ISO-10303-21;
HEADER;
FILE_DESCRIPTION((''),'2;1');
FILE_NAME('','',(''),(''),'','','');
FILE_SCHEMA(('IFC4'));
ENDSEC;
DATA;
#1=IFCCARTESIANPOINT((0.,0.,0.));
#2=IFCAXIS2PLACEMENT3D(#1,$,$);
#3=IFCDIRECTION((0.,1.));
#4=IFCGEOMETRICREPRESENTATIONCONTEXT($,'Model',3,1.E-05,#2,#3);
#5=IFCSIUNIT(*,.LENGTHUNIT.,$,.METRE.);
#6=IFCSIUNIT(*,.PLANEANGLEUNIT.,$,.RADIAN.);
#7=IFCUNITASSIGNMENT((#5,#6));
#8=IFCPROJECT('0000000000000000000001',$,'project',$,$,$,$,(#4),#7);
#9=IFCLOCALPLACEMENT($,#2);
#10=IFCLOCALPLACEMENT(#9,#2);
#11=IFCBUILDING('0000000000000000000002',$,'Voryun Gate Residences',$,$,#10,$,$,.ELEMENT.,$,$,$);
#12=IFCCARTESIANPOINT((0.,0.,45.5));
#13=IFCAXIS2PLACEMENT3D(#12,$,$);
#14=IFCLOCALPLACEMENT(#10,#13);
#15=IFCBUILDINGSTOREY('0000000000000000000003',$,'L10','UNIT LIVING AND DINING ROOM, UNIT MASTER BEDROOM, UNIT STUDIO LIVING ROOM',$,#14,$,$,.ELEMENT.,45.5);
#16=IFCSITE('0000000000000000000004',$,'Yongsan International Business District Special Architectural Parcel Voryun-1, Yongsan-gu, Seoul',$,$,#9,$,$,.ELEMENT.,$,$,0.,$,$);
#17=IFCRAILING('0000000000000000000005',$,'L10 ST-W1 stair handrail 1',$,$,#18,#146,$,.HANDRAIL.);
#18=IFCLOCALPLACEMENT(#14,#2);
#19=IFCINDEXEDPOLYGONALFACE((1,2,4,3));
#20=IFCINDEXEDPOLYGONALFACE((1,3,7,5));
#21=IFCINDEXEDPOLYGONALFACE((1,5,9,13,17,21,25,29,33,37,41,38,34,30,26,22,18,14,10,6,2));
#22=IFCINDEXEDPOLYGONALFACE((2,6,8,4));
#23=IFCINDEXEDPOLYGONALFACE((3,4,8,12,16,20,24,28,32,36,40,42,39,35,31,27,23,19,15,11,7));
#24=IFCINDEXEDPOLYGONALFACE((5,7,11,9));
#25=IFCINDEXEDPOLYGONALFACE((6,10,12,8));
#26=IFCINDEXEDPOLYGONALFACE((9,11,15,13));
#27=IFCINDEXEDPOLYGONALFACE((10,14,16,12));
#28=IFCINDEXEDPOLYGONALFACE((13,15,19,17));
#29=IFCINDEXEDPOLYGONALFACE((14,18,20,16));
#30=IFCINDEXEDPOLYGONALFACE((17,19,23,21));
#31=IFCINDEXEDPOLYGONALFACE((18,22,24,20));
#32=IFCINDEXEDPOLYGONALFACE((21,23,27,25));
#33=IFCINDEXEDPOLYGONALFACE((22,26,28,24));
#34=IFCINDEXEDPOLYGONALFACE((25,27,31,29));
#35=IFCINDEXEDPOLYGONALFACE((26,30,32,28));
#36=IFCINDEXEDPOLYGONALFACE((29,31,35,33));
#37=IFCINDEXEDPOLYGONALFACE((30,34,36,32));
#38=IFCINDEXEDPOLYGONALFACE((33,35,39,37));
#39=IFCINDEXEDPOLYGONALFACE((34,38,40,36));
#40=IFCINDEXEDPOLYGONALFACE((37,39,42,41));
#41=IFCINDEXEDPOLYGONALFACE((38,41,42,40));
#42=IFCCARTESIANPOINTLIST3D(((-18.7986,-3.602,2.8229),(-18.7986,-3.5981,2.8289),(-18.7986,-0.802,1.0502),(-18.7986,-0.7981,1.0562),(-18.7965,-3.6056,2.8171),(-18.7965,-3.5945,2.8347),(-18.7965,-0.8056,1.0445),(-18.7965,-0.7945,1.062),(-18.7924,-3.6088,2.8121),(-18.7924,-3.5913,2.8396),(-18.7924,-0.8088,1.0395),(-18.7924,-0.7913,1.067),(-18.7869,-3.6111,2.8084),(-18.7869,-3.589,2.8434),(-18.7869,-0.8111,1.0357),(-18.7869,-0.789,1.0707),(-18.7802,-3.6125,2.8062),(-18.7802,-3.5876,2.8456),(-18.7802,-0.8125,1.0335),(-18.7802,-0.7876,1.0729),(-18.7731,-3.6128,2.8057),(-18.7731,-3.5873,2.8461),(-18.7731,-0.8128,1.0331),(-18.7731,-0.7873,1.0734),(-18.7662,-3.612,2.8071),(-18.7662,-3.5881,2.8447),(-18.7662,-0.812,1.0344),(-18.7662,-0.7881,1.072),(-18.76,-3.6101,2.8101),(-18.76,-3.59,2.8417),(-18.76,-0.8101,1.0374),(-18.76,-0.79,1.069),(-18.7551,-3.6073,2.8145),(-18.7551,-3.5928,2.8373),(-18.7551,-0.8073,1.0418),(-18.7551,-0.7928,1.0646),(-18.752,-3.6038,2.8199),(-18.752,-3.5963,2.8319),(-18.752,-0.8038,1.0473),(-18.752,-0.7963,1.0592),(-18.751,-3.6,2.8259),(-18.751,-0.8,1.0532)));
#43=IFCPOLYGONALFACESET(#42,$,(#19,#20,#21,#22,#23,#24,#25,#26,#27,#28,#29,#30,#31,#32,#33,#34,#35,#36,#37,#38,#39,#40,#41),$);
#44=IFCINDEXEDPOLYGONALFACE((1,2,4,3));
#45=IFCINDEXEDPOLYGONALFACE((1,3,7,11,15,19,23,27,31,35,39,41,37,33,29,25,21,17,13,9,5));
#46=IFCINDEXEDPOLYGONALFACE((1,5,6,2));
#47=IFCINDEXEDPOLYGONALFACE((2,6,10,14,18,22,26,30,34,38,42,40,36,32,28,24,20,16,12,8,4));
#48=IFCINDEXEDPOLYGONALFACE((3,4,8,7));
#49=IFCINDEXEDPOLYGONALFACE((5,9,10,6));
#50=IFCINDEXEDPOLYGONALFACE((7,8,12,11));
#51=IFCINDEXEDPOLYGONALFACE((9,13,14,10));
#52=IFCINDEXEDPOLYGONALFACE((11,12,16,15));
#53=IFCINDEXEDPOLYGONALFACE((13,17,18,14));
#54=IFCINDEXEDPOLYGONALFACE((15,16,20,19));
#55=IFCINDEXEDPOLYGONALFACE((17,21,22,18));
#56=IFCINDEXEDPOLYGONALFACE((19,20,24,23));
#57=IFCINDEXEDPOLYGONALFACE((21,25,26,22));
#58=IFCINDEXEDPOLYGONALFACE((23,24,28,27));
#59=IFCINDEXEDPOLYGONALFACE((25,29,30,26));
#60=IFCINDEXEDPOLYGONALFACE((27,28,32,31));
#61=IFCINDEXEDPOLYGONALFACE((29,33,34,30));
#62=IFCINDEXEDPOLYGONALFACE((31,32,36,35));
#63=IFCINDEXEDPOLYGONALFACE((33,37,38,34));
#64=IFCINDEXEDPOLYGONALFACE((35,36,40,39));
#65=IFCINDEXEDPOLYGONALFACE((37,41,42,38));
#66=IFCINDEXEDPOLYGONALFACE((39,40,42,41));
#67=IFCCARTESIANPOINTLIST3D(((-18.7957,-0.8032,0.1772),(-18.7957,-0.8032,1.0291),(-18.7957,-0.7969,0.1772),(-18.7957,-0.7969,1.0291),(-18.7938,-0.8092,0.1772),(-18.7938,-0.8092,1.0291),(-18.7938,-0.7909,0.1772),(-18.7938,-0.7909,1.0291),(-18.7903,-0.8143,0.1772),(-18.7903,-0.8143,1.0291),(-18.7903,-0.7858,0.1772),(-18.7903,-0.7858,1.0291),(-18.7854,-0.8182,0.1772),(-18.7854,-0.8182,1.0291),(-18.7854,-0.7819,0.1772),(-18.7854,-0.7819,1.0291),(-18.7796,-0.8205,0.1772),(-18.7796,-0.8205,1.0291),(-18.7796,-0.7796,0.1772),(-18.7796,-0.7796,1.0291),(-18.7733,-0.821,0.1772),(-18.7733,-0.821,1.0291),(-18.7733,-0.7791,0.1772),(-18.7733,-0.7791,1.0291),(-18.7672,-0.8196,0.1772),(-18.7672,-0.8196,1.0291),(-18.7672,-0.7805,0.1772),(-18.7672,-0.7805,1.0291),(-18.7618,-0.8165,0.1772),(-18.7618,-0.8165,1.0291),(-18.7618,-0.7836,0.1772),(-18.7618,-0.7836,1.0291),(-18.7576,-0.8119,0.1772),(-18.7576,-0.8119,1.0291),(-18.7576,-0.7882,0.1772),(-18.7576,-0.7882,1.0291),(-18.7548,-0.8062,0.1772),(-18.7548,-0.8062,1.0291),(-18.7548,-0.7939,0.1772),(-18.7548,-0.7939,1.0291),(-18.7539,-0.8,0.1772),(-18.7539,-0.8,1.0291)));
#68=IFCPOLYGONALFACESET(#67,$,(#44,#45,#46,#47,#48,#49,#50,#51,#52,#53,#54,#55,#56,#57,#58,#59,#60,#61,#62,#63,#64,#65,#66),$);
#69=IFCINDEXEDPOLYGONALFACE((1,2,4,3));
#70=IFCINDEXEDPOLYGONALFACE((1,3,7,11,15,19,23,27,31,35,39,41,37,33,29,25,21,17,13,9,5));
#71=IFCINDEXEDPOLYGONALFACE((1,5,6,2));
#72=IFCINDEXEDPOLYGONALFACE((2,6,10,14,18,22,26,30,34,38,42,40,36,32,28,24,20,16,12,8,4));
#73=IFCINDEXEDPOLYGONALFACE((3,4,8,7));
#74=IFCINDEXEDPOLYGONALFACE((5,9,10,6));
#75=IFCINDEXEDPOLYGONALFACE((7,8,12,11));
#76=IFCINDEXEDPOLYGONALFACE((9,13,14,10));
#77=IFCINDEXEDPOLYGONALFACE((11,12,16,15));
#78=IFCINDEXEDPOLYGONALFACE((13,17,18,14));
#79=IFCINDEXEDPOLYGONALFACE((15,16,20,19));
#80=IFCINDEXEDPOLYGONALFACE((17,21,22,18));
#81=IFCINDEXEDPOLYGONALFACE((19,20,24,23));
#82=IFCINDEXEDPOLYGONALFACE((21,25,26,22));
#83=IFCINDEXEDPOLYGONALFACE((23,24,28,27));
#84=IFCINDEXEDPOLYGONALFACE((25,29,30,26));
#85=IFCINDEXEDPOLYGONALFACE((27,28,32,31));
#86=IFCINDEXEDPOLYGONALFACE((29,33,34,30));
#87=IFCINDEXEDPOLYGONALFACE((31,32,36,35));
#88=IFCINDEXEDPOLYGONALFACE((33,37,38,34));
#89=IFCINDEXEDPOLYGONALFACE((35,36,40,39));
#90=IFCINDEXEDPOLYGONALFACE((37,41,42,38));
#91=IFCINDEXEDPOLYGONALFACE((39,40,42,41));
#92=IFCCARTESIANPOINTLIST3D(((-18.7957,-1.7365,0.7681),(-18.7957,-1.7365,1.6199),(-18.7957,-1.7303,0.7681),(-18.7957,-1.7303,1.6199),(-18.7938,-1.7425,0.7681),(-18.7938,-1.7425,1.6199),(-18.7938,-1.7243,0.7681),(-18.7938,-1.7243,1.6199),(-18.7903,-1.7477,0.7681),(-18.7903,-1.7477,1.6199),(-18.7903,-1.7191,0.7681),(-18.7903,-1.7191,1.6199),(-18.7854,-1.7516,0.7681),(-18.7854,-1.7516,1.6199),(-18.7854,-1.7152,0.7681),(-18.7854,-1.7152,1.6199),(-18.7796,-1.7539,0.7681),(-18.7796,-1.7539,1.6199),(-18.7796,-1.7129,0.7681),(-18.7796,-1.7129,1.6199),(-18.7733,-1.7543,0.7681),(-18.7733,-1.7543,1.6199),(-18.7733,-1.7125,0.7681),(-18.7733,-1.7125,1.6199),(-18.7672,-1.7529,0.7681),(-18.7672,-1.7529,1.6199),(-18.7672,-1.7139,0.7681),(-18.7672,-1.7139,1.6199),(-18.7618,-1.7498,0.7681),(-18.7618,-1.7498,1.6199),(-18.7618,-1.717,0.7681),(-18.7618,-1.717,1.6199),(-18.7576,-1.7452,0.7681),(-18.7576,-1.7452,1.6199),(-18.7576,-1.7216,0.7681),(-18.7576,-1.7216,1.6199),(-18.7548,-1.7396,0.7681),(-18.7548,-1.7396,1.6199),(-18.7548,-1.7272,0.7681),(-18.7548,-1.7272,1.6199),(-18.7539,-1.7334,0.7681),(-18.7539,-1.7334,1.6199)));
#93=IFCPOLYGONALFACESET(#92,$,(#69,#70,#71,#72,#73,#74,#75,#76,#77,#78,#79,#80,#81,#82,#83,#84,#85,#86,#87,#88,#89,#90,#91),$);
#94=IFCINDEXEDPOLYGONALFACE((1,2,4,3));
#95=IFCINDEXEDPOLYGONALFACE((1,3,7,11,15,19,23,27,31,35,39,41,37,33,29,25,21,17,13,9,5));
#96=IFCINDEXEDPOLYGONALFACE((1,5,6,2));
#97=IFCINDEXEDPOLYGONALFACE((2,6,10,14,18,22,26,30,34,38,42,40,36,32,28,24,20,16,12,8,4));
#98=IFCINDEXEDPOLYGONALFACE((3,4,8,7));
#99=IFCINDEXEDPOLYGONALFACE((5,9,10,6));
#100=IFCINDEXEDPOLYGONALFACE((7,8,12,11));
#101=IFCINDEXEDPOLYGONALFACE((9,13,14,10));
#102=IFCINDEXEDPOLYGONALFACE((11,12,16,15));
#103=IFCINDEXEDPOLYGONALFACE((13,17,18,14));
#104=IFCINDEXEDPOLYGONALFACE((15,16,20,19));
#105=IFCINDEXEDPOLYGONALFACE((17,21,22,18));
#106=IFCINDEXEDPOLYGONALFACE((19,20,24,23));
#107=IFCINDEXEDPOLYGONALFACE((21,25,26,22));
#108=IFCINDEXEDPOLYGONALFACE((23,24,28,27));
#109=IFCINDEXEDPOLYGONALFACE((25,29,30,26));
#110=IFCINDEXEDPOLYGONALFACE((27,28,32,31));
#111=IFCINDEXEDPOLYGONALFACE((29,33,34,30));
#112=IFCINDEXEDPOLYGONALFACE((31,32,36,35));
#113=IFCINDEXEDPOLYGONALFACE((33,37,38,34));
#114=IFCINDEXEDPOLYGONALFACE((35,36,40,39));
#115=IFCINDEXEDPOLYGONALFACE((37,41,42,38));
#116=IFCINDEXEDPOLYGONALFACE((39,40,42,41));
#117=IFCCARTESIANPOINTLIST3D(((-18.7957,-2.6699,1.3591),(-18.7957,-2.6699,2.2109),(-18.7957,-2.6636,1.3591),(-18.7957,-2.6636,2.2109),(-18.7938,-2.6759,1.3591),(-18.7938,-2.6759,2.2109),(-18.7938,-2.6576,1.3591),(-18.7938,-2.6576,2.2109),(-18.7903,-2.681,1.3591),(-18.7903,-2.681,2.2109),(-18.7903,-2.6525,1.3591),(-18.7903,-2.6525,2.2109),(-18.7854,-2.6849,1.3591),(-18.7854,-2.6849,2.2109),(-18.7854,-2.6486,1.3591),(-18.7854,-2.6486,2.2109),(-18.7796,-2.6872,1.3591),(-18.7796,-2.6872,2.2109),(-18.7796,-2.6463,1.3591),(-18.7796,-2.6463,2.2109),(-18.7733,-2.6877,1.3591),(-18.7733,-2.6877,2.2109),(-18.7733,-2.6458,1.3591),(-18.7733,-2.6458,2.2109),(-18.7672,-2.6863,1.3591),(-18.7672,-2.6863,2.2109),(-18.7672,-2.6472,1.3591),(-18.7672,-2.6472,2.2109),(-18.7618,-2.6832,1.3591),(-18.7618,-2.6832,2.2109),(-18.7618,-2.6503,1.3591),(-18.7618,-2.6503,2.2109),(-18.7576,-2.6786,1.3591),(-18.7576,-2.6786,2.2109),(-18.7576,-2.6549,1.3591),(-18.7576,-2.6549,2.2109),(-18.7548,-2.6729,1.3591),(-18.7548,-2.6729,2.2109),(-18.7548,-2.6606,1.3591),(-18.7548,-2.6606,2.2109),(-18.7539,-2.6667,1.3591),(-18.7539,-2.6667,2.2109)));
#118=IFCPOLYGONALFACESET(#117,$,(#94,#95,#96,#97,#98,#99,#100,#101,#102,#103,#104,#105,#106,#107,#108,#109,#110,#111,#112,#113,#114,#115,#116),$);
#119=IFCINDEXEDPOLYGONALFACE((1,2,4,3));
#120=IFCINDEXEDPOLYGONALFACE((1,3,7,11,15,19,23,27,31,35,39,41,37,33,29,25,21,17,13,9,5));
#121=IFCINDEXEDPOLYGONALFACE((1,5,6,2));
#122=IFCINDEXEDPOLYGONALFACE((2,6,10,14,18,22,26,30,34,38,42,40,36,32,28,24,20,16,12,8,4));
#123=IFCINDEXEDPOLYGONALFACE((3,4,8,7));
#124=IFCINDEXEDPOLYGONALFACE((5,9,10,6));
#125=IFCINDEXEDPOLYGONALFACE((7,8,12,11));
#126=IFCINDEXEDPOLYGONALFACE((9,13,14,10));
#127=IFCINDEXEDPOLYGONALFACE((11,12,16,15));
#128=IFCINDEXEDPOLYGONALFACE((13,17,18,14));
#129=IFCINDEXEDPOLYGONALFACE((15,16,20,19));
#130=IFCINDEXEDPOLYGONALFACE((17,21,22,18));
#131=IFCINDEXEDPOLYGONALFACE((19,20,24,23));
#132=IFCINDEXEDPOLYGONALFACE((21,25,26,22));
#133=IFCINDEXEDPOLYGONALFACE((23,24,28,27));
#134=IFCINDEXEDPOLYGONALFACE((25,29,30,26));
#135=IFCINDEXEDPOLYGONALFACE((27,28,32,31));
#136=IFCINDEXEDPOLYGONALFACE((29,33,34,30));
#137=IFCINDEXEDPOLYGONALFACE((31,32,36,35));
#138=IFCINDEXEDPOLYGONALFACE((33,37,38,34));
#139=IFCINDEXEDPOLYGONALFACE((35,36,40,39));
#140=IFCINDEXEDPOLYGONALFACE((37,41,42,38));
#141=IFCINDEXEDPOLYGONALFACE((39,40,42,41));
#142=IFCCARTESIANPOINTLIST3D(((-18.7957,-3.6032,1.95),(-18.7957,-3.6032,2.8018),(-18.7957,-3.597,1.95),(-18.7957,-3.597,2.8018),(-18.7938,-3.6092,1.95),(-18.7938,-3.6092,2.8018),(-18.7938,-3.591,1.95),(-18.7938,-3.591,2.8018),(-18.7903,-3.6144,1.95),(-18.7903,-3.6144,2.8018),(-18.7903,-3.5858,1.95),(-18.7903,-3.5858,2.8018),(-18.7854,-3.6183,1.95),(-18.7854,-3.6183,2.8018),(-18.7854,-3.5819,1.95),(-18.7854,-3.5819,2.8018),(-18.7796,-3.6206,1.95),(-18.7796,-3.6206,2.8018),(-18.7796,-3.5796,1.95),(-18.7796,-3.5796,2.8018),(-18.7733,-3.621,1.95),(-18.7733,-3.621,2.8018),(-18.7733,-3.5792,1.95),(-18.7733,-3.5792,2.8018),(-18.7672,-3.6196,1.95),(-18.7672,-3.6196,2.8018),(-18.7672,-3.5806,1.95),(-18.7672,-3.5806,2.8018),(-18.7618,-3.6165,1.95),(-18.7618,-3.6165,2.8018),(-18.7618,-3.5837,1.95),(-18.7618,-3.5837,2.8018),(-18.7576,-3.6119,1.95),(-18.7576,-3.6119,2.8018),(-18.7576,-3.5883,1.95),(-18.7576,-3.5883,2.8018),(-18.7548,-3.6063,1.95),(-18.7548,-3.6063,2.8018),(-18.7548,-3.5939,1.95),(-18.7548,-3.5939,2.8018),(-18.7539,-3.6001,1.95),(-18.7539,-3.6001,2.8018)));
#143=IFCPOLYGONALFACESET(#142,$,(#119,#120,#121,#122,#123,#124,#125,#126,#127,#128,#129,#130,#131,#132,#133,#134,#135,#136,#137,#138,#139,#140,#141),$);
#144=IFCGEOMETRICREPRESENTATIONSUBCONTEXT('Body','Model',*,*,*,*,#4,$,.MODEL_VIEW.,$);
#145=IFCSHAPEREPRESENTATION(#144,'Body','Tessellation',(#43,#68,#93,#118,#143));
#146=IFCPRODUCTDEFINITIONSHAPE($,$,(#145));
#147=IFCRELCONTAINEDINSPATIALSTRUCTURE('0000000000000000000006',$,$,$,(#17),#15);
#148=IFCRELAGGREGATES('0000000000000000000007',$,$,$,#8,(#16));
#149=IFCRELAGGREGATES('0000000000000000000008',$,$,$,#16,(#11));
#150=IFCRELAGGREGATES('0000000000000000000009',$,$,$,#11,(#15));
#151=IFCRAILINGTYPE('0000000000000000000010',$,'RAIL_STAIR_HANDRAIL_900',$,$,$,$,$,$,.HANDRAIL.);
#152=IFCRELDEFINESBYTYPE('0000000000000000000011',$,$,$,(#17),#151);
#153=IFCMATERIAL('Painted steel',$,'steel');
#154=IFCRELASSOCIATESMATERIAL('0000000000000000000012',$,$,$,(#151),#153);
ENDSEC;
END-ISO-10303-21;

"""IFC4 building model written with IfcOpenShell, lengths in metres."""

from ifc_helpers import new_model, si_unit, direction, frame, origin, origin_2d, place, context, subcontext, project, spatial, circle, extrude, material, type_object, element, save


model = new_model("IFC4")

# Units and contexts
model_context = context("Model", 3, precision=1e-05, world=origin(), true_north=direction((0.0, 1.0)))
body_context = subcontext(model_context, "Body", "Model", "MODEL_VIEW")
ifc_project = project(units=[si_unit("LENGTHUNIT", "METRE"), si_unit("PLANEANGLEUNIT", "RADIAN")], contexts=[model_context])

# Site, building, storey
site_placement = place(None, origin())
site = spatial("IfcSite", under=ifc_project, at=site_placement, Name="Yongsan International Business District Special Architectural Parcel Voryun-1, Yongsan-gu, Seoul", CompositionType="ELEMENT", RefElevation=0.0)
building_placement = place(site_placement, origin())
building = spatial("IfcBuilding", under=site, at=building_placement, Name="Voryun Gate Residences", CompositionType="ELEMENT")
storey_placement = place(building_placement, frame((0.0, 0.0, 45.5)))
storey = spatial("IfcBuildingStorey", under=building, at=storey_placement, Name="L10", Description="UNIT LIVING AND DINING ROOM, UNIT MASTER BEDROOM, UNIT STUDIO LIVING ROOM", CompositionType="ELEMENT", Elevation=45.5)

# Railing
ifc_material_1 = material(Name="Painted steel", Category="steel")
railing_type_1 = type_object("IfcRailingType", Name="RAIL_STAIR_HANDRAIL_900", PredefinedType="HANDRAIL", material=ifc_material_1)
railing_1_placement = place(storey_placement, frame((-18.7749, -0.8, 0.1772)))
element("IfcRailing", 1, at=railing_1_placement, inside=storey, type_object=railing_type_1, Name="L10 ST-W1 stair handrail 1", PredefinedType="HANDRAIL", context=body_context, shape_type="SweptSolid", body=[
    extrude(circle(Radius=0.0239, at=origin_2d()), frame((0.0, 0.0, 0.876), z_axis=(0.0, -0.844909, 0.53491), x_axis=(1.0, 0.0, 0.0)), (0.0, 0.0, 1.0), 3.314),
    extrude(circle(Radius=0.021, at=origin_2d()), origin(), (0.0, 0.0, 1.0), 0.8518),
    extrude(circle(Radius=0.021, at=origin_2d()), frame((0.0, -0.9333, 0.5908)), (0.0, 0.0, 1.0), 0.8518),
    extrude(circle(Radius=0.021, at=origin_2d()), frame((0.0, -1.8667, 1.1819)), (0.0, 0.0, 1.0), 0.8518),
    extrude(circle(Radius=0.021, at=origin_2d()), frame((0.0, -2.8, 1.7727)), (0.0, 0.0, 1.0), 0.8518),
])

save(model, "model.ifc")
